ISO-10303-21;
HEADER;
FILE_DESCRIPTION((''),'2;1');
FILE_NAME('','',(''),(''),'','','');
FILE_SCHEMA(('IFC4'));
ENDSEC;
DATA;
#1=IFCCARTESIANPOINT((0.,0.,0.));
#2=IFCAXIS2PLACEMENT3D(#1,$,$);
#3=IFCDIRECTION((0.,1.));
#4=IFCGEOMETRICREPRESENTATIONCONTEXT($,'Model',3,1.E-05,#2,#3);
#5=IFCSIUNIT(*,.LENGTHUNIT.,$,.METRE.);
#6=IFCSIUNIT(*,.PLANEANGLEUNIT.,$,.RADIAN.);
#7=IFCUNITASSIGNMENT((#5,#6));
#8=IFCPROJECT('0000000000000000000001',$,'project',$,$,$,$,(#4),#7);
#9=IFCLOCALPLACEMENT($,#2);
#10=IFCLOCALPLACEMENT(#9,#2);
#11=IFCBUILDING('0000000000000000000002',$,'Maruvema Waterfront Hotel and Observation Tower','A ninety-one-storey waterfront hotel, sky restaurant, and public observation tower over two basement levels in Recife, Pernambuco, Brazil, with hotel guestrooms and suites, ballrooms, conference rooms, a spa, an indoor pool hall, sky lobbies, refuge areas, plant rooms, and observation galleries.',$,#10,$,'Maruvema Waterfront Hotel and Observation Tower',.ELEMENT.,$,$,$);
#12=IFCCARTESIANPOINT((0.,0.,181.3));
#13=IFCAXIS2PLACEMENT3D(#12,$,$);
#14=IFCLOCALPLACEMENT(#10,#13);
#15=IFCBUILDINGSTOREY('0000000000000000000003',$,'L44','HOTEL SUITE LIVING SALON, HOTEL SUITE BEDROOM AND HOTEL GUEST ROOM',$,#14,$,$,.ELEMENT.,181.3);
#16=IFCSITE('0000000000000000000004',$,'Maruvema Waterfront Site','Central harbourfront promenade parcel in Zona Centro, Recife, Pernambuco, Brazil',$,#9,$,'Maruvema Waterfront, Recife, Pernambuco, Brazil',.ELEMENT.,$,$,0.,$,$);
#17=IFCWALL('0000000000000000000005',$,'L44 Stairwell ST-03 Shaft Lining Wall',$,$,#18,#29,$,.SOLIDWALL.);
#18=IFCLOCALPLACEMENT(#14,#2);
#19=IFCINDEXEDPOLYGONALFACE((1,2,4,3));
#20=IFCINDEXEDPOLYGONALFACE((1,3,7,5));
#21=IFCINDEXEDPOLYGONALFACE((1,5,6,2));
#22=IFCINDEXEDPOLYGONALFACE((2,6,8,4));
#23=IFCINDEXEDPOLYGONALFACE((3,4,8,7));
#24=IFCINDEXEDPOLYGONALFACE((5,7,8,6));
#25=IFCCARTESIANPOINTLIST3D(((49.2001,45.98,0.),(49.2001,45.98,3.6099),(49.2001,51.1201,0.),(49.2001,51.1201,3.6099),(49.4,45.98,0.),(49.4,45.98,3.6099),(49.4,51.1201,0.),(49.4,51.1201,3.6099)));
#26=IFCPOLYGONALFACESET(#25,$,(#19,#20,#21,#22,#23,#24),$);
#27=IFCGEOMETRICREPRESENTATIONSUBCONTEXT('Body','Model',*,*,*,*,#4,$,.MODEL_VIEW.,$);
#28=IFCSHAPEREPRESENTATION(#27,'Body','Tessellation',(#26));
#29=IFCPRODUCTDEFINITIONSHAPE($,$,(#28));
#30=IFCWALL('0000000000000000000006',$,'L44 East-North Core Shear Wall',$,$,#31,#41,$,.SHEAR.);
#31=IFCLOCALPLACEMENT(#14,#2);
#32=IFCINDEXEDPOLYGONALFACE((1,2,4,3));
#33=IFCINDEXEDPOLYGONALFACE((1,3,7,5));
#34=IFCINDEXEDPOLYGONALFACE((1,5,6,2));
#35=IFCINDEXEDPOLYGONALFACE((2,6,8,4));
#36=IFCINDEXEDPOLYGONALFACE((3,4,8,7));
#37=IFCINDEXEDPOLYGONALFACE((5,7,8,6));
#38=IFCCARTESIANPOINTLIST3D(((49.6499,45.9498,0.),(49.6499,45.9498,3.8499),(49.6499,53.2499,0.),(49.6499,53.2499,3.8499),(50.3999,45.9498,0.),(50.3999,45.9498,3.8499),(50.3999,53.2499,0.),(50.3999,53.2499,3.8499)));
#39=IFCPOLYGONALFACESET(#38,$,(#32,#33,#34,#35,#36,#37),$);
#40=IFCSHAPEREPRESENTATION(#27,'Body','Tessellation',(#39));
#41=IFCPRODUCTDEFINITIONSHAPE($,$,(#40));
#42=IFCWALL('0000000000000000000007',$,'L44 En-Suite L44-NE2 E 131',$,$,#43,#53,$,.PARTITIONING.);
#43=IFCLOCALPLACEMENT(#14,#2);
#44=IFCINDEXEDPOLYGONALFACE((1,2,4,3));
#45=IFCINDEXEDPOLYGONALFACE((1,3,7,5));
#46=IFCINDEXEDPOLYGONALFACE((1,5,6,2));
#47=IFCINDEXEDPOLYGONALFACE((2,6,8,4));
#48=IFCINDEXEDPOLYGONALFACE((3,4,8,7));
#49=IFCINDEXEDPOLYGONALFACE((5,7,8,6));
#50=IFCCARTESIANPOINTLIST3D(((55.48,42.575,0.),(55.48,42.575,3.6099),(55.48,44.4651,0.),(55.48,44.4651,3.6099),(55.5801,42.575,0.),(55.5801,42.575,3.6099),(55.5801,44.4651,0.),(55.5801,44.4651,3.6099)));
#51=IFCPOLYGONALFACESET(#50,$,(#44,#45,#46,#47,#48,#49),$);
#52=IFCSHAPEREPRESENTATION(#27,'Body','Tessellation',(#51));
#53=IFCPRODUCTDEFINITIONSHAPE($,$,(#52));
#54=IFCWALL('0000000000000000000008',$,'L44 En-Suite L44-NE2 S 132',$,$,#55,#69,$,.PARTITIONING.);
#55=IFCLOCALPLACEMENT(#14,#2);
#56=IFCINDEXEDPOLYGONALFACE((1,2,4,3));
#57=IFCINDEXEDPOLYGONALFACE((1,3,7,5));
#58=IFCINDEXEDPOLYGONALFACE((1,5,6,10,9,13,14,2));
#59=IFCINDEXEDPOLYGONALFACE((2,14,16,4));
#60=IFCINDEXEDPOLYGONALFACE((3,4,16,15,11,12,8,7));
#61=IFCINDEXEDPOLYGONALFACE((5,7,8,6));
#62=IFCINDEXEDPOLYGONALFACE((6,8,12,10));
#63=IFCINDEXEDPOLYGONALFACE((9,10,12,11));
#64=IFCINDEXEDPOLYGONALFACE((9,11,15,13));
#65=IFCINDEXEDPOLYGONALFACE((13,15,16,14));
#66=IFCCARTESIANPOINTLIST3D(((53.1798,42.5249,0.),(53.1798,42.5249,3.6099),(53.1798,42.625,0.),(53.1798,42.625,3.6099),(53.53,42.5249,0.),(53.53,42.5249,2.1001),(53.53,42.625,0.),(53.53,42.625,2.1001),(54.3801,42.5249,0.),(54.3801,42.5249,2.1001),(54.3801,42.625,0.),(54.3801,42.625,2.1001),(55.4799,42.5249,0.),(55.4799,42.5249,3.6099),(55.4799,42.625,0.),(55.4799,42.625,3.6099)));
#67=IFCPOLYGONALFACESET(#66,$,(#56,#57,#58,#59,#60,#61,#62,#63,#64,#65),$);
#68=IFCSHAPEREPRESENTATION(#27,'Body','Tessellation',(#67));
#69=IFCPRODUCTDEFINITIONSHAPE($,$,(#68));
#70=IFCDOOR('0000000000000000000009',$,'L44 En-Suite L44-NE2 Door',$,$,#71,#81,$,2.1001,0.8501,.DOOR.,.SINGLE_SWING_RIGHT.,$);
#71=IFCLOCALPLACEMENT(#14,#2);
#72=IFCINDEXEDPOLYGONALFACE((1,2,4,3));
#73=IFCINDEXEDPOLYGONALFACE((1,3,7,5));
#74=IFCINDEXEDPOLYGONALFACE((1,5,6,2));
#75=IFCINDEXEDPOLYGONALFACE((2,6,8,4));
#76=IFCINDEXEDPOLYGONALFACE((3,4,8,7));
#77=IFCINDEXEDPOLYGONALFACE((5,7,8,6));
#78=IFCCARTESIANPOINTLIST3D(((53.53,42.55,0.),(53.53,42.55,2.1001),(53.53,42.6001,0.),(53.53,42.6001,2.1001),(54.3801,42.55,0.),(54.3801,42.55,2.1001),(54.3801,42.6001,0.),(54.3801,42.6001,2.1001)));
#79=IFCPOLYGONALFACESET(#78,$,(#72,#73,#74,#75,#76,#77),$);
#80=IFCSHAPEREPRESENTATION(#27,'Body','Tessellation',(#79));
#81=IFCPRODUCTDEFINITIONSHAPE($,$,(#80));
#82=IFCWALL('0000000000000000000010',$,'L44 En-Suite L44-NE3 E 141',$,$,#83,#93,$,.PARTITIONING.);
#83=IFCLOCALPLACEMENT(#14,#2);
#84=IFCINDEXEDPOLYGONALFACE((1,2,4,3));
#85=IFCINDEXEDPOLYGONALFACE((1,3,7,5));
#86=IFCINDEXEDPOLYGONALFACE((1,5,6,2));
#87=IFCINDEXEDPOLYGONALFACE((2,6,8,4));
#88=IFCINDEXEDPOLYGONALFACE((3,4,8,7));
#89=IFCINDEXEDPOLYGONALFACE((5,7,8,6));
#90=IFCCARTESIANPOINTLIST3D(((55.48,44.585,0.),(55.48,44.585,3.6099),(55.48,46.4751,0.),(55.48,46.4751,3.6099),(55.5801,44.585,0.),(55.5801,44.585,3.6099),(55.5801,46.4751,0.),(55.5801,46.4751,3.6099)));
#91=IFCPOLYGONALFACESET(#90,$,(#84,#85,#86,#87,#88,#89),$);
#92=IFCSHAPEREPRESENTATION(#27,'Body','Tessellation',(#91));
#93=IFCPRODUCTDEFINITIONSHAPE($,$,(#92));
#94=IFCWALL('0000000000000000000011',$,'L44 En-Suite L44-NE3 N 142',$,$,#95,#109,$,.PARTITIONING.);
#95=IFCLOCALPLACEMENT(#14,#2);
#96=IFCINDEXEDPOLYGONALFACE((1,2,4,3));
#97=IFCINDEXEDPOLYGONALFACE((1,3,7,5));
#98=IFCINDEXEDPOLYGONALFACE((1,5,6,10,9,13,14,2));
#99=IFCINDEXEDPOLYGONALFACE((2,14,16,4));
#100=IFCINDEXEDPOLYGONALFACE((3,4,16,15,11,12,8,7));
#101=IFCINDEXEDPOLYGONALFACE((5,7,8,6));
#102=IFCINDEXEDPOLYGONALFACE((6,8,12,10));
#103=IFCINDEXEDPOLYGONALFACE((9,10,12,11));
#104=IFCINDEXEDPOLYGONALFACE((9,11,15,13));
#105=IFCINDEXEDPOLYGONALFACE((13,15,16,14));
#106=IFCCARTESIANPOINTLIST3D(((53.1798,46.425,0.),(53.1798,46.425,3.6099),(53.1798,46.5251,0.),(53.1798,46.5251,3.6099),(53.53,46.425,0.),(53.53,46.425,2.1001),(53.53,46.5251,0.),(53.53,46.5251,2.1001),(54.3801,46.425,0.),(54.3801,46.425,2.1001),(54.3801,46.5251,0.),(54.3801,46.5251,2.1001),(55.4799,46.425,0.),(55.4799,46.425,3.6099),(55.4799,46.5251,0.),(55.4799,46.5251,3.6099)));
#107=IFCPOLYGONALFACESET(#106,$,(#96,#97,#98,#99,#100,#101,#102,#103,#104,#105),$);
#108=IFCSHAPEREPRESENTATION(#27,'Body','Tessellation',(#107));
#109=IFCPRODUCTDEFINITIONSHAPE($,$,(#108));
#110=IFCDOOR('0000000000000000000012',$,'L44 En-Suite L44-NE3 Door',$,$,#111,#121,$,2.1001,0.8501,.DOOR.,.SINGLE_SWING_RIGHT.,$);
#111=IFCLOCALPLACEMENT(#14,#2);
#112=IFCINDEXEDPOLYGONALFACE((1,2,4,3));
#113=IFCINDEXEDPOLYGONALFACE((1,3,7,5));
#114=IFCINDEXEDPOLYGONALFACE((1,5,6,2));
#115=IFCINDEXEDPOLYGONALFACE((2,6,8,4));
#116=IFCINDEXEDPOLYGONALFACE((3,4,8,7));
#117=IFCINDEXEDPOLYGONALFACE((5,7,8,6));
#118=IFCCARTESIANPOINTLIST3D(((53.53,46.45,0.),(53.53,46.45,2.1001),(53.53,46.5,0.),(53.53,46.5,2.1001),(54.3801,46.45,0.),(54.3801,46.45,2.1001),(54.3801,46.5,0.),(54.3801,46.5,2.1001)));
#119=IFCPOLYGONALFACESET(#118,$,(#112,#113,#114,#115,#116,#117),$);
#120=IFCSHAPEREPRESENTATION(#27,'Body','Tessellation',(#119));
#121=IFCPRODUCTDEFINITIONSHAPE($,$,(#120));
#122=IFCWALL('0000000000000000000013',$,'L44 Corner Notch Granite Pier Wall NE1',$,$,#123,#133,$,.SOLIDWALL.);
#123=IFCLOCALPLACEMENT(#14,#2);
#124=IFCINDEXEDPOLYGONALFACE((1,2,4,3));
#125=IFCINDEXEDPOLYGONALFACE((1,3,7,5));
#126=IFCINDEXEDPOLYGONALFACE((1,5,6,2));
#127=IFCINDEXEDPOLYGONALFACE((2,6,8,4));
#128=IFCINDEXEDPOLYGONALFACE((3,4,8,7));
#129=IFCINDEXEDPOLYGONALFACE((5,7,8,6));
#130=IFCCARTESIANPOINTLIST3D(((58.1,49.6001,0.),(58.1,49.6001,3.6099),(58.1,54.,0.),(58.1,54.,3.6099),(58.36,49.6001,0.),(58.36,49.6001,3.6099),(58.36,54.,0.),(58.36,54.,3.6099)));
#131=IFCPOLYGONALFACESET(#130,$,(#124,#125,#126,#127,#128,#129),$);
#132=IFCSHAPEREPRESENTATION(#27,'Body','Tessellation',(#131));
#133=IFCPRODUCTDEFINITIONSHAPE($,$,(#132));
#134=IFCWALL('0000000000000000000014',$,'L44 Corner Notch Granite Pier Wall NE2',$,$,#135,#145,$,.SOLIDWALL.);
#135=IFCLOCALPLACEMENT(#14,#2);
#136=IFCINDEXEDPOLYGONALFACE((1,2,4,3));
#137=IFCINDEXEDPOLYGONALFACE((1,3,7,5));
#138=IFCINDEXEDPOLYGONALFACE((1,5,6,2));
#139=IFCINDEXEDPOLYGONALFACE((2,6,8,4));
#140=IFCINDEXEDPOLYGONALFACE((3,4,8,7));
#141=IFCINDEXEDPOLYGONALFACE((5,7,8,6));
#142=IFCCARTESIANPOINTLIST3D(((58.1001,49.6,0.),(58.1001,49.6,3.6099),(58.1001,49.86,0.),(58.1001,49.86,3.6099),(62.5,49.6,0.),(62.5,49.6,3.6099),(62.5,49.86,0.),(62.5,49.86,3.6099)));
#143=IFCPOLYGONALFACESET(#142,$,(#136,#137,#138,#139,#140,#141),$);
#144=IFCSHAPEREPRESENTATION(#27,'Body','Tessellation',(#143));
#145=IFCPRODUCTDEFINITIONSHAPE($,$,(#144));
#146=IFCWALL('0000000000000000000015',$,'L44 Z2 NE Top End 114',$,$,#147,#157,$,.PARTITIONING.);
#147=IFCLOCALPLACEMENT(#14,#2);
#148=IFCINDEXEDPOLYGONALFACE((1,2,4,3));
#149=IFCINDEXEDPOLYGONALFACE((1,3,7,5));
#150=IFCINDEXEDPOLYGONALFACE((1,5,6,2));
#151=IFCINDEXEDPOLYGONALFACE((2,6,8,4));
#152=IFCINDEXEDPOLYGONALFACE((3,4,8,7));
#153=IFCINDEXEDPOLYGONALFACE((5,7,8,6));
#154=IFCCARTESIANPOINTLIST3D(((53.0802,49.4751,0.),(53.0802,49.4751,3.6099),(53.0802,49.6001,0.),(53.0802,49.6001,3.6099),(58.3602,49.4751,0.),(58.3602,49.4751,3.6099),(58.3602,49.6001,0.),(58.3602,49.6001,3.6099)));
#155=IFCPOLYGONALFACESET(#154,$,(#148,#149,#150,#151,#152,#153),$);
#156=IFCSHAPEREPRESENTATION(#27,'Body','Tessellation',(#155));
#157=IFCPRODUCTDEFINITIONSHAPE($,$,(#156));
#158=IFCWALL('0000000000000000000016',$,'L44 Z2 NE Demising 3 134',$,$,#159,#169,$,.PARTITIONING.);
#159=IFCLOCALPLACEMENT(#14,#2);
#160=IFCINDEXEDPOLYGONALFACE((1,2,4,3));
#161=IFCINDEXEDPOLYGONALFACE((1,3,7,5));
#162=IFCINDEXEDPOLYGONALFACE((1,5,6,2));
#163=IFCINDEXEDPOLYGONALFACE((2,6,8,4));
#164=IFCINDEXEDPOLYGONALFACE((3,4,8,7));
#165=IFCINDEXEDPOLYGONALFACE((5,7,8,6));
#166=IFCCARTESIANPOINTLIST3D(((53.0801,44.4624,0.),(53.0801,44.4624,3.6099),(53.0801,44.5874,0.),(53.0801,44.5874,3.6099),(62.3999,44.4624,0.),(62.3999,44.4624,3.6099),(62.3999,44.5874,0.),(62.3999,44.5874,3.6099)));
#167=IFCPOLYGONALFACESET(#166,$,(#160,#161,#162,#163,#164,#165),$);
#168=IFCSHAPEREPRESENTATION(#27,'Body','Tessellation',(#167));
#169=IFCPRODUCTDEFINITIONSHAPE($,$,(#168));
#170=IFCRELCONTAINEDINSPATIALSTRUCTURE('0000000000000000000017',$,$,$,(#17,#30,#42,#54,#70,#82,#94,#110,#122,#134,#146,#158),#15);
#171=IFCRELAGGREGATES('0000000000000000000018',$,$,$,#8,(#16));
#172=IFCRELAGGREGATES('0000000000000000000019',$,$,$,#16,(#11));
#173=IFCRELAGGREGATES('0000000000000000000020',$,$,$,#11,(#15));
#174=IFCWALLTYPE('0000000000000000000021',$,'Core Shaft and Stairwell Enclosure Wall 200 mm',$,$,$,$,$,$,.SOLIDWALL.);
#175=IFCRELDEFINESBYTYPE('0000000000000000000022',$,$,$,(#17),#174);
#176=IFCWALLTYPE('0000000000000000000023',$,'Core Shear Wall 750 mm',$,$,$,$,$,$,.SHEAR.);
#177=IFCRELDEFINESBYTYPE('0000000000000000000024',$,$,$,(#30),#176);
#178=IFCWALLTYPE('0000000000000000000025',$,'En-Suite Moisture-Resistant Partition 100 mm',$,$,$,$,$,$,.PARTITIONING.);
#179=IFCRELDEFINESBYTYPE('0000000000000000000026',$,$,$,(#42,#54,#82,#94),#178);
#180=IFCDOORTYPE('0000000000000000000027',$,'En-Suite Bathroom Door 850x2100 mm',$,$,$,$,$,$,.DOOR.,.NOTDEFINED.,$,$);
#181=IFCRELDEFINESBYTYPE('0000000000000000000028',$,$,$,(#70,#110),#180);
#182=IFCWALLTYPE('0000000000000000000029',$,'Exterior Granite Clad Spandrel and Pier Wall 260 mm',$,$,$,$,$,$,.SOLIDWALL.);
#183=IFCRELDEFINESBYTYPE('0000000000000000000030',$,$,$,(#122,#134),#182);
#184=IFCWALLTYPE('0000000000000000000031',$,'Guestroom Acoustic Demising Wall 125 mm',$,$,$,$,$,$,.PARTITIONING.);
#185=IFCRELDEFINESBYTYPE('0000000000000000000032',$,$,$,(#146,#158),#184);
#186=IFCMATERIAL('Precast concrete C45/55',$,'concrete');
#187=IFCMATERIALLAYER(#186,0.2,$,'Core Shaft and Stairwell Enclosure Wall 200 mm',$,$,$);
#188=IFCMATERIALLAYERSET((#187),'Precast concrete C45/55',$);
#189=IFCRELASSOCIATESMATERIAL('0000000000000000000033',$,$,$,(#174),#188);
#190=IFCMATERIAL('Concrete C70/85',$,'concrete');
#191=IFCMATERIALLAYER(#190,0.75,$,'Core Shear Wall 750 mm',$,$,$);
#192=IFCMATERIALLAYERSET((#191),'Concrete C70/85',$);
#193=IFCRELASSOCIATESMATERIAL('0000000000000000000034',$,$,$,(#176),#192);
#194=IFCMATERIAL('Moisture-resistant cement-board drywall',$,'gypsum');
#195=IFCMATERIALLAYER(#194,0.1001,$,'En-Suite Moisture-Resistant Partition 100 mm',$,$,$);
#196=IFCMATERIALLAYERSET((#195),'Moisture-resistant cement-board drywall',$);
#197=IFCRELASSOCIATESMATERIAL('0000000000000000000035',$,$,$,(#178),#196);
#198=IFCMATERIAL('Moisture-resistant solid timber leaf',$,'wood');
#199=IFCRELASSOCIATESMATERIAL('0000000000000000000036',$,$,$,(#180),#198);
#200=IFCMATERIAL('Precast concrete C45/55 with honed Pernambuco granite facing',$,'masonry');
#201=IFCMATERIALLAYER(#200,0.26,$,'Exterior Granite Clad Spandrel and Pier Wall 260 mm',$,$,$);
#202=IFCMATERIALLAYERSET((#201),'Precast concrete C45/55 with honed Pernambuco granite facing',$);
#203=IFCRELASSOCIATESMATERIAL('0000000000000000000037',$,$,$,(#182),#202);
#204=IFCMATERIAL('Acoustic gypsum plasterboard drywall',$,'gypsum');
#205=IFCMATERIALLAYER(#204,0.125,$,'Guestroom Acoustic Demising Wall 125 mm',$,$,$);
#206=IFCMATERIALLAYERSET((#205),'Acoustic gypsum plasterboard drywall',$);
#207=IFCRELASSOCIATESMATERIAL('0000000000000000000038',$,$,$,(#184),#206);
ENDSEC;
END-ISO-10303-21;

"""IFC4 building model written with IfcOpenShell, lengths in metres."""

from ifc_helpers import new_model, si_unit, direction, frame, frame_2d, origin, place, context, subcontext, project, spatial, rectangle, extrude, material, layer, layer_set, type_object, element, fill, save


model = new_model("IFC4")

# Units and contexts
model_context = context("Model", 3, precision=1e-05, world=origin(), true_north=direction((0.0, 1.0)))
body_context = subcontext(model_context, "Body", "Model", "MODEL_VIEW")
ifc_project = project(units=[si_unit("LENGTHUNIT", "METRE"), si_unit("PLANEANGLEUNIT", "RADIAN")], contexts=[model_context])

# Site, building, storey
site_placement = place(None, origin())
site = spatial("IfcSite", under=ifc_project, at=site_placement, Name="Maruvema Waterfront Site", Description="Central harbourfront promenade parcel in Zona Centro, Recife, Pernambuco, Brazil", LongName="Maruvema Waterfront, Recife, Pernambuco, Brazil", CompositionType="ELEMENT", RefElevation=0.0)
building_placement = place(site_placement, origin())
building = spatial("IfcBuilding", under=site, at=building_placement, Name="Maruvema Waterfront Hotel and Observation Tower", Description="A ninety-one-storey waterfront hotel, sky restaurant, and public observation tower over two basement levels in Recife, Pernambuco, Brazil, with hotel guestrooms and suites, ballrooms, conference rooms, a spa, an indoor pool hall, sky lobbies, refuge areas, plant rooms, and observation galleries.", LongName="Maruvema Waterfront Hotel and Observation Tower", CompositionType="ELEMENT")
storey_placement = place(building_placement, frame((0.0, 0.0, 181.3)))
storey = spatial("IfcBuildingStorey", under=building, at=storey_placement, Name="L44", Description="HOTEL SUITE LIVING SALON, HOTEL SUITE BEDROOM AND HOTEL GUEST ROOM", CompositionType="ELEMENT", Elevation=181.3)

# Walls
ifc_material_1 = material(Name="Precast concrete C45/55", Category="concrete")
ifc_layer_1 = layer(ifc_material_1, 0.2, Name="Core Shaft and Stairwell Enclosure Wall 200 mm")
ifc_layer_set_1 = layer_set([ifc_layer_1], Name="Precast concrete C45/55")
wall_type_1 = type_object("IfcWallType", Name="Core Shaft and Stairwell Enclosure Wall 200 mm", PredefinedType="SOLIDWALL", material=ifc_layer_set_1)
wall_1_placement = place(storey_placement, frame((49.3, 45.98, 0.0), z_axis=(0.0, 0.0, 1.0), x_axis=(0.0, 1.0, 0.0)))
element("IfcWall", 1, at=wall_1_placement, inside=storey, type_object=wall_type_1, Name="L44 Stairwell ST-03 Shaft Lining Wall", PredefinedType="SOLIDWALL", context=body_context, shape_type="SweptSolid", body=[
    extrude(rectangle(XDim=5.1401, YDim=0.2, at=frame_2d((2.5701, 0.0))), origin(), (0.0, 0.0, 1.0), 3.6099),
])
ifc_material_2 = material(Name="Concrete C70/85", Category="concrete")
ifc_layer_2 = layer(ifc_material_2, 0.75, Name="Core Shear Wall 750 mm")
ifc_layer_set_2 = layer_set([ifc_layer_2], Name="Concrete C70/85")
wall_type_2 = type_object("IfcWallType", Name="Core Shear Wall 750 mm", PredefinedType="SHEAR", material=ifc_layer_set_2)
wall_2_placement = place(storey_placement, frame((50.0249, 45.95, 0.0), z_axis=(0.0, 0.0, 1.0), x_axis=(0.0, 1.0, 0.0)))
element("IfcWall", 2, at=wall_2_placement, inside=storey, type_object=wall_type_2, Name="L44 East-North Core Shear Wall", PredefinedType="SHEAR", context=body_context, shape_type="SweptSolid", body=[
    extrude(rectangle(XDim=7.3, YDim=0.75, at=frame_2d((3.6499, 0.0))), origin(), (0.0, 0.0, 1.0), 3.8499),
])
ifc_material_3 = material(Name="Moisture-resistant cement-board drywall", Category="gypsum")
ifc_layer_3 = layer(ifc_material_3, 0.1001, Name="En-Suite Moisture-Resistant Partition 100 mm")
ifc_layer_set_3 = layer_set([ifc_layer_3], Name="Moisture-resistant cement-board drywall")
wall_type_3 = type_object("IfcWallType", Name="En-Suite Moisture-Resistant Partition 100 mm", PredefinedType="PARTITIONING", material=ifc_layer_set_3)
wall_3_placement = place(storey_placement, frame((55.53, 42.575, 0.0), z_axis=(0.0, 0.0, 1.0), x_axis=(0.0, 1.0, 0.0)))
element("IfcWall", 3, at=wall_3_placement, inside=storey, type_object=wall_type_3, Name="L44 En-Suite L44-NE2 E 131", PredefinedType="PARTITIONING", context=body_context, shape_type="SweptSolid", body=[
    extrude(rectangle(XDim=1.8901, YDim=0.1001, at=frame_2d((0.9451, 0.0))), origin(), (0.0, 0.0, 1.0), 3.6099),
])

# Wall, opening, door
wall_4_placement = place(storey_placement, frame((53.1799, 42.575, 0.0), z_axis=(0.0, 0.0, 1.0), x_axis=(1.0, 0.0, 0.0)))
wall_4 = element("IfcWall", 4, at=wall_4_placement, inside=storey, type_object=wall_type_3, Name="L44 En-Suite L44-NE2 S 132", PredefinedType="PARTITIONING", context=body_context, shape_type="SweptSolid", body=[
    extrude(rectangle(XDim=2.3, YDim=0.1001, at=frame_2d((1.1499, 0.0))), origin(), (0.0, 0.0, 1.0), 3.6099),
])
opening_1_placement = place(wall_4_placement, frame((0.3501, 0.0, 0.0)))
opening_1 = element("IfcOpeningElement", 5, at=opening_1_placement, cuts=wall_4, PredefinedType="OPENING", context=body_context, shape_type="SweptSolid", body=[
    extrude(rectangle(XDim=0.8501, YDim=2.1001, at=frame_2d((0.425, 1.05))), frame((0.0, 0.0601, 0.0), z_axis=(0.0, -1.0, 0.0), x_axis=(1.0, 0.0, 0.0)), (0.0, 0.0, 1.0), 0.1201),
])
ifc_material_4 = material(Name="Moisture-resistant solid timber leaf", Category="wood")
door_type_1 = type_object("IfcDoorType", Name="En-Suite Bathroom Door 850x2100 mm", OperationType="NOTDEFINED", PredefinedType="DOOR", material=ifc_material_4)
door_1_placement = place(opening_1_placement, frame((0.8501, 0.0, 0.0), z_axis=(0.0, 0.0, 1.0), x_axis=(-1.0, 0.0, 0.0)))
door_1 = element("IfcDoor", 6, at=door_1_placement, inside=storey, type_object=door_type_1, Name="L44 En-Suite L44-NE2 Door", OperationType="SINGLE_SWING_RIGHT", OverallHeight=2.1001, OverallWidth=0.8501, PredefinedType="DOOR", context=body_context, shape_type="SweptSolid", body=[
    extrude(rectangle(XDim=0.8501, YDim=2.1001, at=frame_2d((0.425, 1.05))), frame((0.0, 0.0249, 0.0), z_axis=(0.0, -1.0, 0.0), x_axis=(1.0, 0.0, 0.0)), (0.0, 0.0, 1.0), 0.05),
])
fill(opening_1, door_1)

# Wall
wall_5_placement = place(storey_placement, frame((55.53, 44.585, 0.0), z_axis=(0.0, 0.0, 1.0), x_axis=(0.0, 1.0, 0.0)))
element("IfcWall", 7, at=wall_5_placement, inside=storey, type_object=wall_type_3, Name="L44 En-Suite L44-NE3 E 141", PredefinedType="PARTITIONING", context=body_context, shape_type="SweptSolid", body=[
    extrude(rectangle(XDim=1.8901, YDim=0.1001, at=frame_2d((0.9451, 0.0))), origin(), (0.0, 0.0, 1.0), 3.6099),
])

# Wall, opening, door
wall_6_placement = place(storey_placement, frame((53.1799, 46.4751, 0.0), z_axis=(0.0, 0.0, 1.0), x_axis=(1.0, 0.0, 0.0)))
wall_6 = element("IfcWall", 8, at=wall_6_placement, inside=storey, type_object=wall_type_3, Name="L44 En-Suite L44-NE3 N 142", PredefinedType="PARTITIONING", context=body_context, shape_type="SweptSolid", body=[
    extrude(rectangle(XDim=2.3, YDim=0.1001, at=frame_2d((1.1499, 0.0))), origin(), (0.0, 0.0, 1.0), 3.6099),
])
opening_2_placement = place(wall_6_placement, frame((0.3501, 0.0, 0.0)))
opening_2 = element("IfcOpeningElement", 9, at=opening_2_placement, cuts=wall_6, PredefinedType="OPENING", context=body_context, shape_type="SweptSolid", body=[
    extrude(rectangle(XDim=0.8501, YDim=2.1001, at=frame_2d((0.425, 1.05))), frame((0.0, 0.0601, 0.0), z_axis=(0.0, -1.0, 0.0), x_axis=(1.0, 0.0, 0.0)), (0.0, 0.0, 1.0), 0.1201),
])
door_2_placement = place(opening_2_placement, origin())
door_2 = element("IfcDoor", 10, at=door_2_placement, inside=storey, type_object=door_type_1, Name="L44 En-Suite L44-NE3 Door", OperationType="SINGLE_SWING_RIGHT", OverallHeight=2.1001, OverallWidth=0.8501, PredefinedType="DOOR", context=body_context, shape_type="SweptSolid", body=[
    extrude(rectangle(XDim=0.8501, YDim=2.1001, at=frame_2d((0.425, 1.05))), frame((0.0, 0.0249, 0.0), z_axis=(0.0, -1.0, 0.0), x_axis=(1.0, 0.0, 0.0)), (0.0, 0.0, 1.0), 0.05),
])
fill(opening_2, door_2)

# Walls
ifc_material_5 = material(Name="Precast concrete C45/55 with honed Pernambuco granite facing", Category="masonry")
ifc_layer_4 = layer(ifc_material_5, 0.26, Name="Exterior Granite Clad Spandrel and Pier Wall 260 mm")
ifc_layer_set_4 = layer_set([ifc_layer_4], Name="Precast concrete C45/55 with honed Pernambuco granite facing")
wall_type_4 = type_object("IfcWallType", Name="Exterior Granite Clad Spandrel and Pier Wall 260 mm", PredefinedType="SOLIDWALL", material=ifc_layer_set_4)
for number, where, z_axis, x_axis, name in (
    (11, (58.23, 54.0, 0.0), (0.0, 0.0, 1.0), (0.0, -1.0, 0.0), "L44 Corner Notch Granite Pier Wall NE1"),
    (12, (58.1001, 49.73, 0.0), (0.0, 0.0, 1.0), (1.0, 0.0, 0.0), "L44 Corner Notch Granite Pier Wall NE2"),
):
    element("IfcWall", number, at=place(storey_placement, frame(where, z_axis=z_axis, x_axis=x_axis)), inside=storey, type_object=wall_type_4, Name=name, PredefinedType="SOLIDWALL", context=body_context, shape_type="SweptSolid", body=[
        extrude(rectangle(XDim=4.3999, YDim=0.26, at=frame_2d((2.2, 0.0))), origin(), (0.0, 0.0, 1.0), 3.6099),
    ])
ifc_material_6 = material(Name="Acoustic gypsum plasterboard drywall", Category="gypsum")
ifc_layer_5 = layer(ifc_material_6, 0.125, Name="Guestroom Acoustic Demising Wall 125 mm")
ifc_layer_set_5 = layer_set([ifc_layer_5], Name="Acoustic gypsum plasterboard drywall")
wall_type_5 = type_object("IfcWallType", Name="Guestroom Acoustic Demising Wall 125 mm", PredefinedType="PARTITIONING", material=ifc_layer_set_5)
wall_7_placement = place(storey_placement, frame((53.0801, 49.5376, 0.0), z_axis=(0.0, 0.0, 1.0), x_axis=(1.0, 0.0, 0.0)))
element("IfcWall", 13, at=wall_7_placement, inside=storey, type_object=wall_type_5, Name="L44 Z2 NE Top End 114", PredefinedType="PARTITIONING", context=body_context, shape_type="SweptSolid", body=[
    extrude(rectangle(XDim=5.28, YDim=0.125, at=frame_2d((2.6401, 0.0))), origin(), (0.0, 0.0, 1.0), 3.6099),
])
wall_8_placement = place(storey_placement, frame((53.0801, 44.5249, 0.0), z_axis=(0.0, 0.0, 1.0), x_axis=(1.0, 0.0, 0.0)))
element("IfcWall", 14, at=wall_8_placement, inside=storey, type_object=wall_type_5, Name="L44 Z2 NE Demising 3 134", PredefinedType="PARTITIONING", context=body_context, shape_type="SweptSolid", body=[
    extrude(rectangle(XDim=9.3198, YDim=0.125, at=frame_2d((4.6599, 0.0))), origin(), (0.0, 0.0, 1.0), 3.6099),
])

save(model, "model.ifc")
